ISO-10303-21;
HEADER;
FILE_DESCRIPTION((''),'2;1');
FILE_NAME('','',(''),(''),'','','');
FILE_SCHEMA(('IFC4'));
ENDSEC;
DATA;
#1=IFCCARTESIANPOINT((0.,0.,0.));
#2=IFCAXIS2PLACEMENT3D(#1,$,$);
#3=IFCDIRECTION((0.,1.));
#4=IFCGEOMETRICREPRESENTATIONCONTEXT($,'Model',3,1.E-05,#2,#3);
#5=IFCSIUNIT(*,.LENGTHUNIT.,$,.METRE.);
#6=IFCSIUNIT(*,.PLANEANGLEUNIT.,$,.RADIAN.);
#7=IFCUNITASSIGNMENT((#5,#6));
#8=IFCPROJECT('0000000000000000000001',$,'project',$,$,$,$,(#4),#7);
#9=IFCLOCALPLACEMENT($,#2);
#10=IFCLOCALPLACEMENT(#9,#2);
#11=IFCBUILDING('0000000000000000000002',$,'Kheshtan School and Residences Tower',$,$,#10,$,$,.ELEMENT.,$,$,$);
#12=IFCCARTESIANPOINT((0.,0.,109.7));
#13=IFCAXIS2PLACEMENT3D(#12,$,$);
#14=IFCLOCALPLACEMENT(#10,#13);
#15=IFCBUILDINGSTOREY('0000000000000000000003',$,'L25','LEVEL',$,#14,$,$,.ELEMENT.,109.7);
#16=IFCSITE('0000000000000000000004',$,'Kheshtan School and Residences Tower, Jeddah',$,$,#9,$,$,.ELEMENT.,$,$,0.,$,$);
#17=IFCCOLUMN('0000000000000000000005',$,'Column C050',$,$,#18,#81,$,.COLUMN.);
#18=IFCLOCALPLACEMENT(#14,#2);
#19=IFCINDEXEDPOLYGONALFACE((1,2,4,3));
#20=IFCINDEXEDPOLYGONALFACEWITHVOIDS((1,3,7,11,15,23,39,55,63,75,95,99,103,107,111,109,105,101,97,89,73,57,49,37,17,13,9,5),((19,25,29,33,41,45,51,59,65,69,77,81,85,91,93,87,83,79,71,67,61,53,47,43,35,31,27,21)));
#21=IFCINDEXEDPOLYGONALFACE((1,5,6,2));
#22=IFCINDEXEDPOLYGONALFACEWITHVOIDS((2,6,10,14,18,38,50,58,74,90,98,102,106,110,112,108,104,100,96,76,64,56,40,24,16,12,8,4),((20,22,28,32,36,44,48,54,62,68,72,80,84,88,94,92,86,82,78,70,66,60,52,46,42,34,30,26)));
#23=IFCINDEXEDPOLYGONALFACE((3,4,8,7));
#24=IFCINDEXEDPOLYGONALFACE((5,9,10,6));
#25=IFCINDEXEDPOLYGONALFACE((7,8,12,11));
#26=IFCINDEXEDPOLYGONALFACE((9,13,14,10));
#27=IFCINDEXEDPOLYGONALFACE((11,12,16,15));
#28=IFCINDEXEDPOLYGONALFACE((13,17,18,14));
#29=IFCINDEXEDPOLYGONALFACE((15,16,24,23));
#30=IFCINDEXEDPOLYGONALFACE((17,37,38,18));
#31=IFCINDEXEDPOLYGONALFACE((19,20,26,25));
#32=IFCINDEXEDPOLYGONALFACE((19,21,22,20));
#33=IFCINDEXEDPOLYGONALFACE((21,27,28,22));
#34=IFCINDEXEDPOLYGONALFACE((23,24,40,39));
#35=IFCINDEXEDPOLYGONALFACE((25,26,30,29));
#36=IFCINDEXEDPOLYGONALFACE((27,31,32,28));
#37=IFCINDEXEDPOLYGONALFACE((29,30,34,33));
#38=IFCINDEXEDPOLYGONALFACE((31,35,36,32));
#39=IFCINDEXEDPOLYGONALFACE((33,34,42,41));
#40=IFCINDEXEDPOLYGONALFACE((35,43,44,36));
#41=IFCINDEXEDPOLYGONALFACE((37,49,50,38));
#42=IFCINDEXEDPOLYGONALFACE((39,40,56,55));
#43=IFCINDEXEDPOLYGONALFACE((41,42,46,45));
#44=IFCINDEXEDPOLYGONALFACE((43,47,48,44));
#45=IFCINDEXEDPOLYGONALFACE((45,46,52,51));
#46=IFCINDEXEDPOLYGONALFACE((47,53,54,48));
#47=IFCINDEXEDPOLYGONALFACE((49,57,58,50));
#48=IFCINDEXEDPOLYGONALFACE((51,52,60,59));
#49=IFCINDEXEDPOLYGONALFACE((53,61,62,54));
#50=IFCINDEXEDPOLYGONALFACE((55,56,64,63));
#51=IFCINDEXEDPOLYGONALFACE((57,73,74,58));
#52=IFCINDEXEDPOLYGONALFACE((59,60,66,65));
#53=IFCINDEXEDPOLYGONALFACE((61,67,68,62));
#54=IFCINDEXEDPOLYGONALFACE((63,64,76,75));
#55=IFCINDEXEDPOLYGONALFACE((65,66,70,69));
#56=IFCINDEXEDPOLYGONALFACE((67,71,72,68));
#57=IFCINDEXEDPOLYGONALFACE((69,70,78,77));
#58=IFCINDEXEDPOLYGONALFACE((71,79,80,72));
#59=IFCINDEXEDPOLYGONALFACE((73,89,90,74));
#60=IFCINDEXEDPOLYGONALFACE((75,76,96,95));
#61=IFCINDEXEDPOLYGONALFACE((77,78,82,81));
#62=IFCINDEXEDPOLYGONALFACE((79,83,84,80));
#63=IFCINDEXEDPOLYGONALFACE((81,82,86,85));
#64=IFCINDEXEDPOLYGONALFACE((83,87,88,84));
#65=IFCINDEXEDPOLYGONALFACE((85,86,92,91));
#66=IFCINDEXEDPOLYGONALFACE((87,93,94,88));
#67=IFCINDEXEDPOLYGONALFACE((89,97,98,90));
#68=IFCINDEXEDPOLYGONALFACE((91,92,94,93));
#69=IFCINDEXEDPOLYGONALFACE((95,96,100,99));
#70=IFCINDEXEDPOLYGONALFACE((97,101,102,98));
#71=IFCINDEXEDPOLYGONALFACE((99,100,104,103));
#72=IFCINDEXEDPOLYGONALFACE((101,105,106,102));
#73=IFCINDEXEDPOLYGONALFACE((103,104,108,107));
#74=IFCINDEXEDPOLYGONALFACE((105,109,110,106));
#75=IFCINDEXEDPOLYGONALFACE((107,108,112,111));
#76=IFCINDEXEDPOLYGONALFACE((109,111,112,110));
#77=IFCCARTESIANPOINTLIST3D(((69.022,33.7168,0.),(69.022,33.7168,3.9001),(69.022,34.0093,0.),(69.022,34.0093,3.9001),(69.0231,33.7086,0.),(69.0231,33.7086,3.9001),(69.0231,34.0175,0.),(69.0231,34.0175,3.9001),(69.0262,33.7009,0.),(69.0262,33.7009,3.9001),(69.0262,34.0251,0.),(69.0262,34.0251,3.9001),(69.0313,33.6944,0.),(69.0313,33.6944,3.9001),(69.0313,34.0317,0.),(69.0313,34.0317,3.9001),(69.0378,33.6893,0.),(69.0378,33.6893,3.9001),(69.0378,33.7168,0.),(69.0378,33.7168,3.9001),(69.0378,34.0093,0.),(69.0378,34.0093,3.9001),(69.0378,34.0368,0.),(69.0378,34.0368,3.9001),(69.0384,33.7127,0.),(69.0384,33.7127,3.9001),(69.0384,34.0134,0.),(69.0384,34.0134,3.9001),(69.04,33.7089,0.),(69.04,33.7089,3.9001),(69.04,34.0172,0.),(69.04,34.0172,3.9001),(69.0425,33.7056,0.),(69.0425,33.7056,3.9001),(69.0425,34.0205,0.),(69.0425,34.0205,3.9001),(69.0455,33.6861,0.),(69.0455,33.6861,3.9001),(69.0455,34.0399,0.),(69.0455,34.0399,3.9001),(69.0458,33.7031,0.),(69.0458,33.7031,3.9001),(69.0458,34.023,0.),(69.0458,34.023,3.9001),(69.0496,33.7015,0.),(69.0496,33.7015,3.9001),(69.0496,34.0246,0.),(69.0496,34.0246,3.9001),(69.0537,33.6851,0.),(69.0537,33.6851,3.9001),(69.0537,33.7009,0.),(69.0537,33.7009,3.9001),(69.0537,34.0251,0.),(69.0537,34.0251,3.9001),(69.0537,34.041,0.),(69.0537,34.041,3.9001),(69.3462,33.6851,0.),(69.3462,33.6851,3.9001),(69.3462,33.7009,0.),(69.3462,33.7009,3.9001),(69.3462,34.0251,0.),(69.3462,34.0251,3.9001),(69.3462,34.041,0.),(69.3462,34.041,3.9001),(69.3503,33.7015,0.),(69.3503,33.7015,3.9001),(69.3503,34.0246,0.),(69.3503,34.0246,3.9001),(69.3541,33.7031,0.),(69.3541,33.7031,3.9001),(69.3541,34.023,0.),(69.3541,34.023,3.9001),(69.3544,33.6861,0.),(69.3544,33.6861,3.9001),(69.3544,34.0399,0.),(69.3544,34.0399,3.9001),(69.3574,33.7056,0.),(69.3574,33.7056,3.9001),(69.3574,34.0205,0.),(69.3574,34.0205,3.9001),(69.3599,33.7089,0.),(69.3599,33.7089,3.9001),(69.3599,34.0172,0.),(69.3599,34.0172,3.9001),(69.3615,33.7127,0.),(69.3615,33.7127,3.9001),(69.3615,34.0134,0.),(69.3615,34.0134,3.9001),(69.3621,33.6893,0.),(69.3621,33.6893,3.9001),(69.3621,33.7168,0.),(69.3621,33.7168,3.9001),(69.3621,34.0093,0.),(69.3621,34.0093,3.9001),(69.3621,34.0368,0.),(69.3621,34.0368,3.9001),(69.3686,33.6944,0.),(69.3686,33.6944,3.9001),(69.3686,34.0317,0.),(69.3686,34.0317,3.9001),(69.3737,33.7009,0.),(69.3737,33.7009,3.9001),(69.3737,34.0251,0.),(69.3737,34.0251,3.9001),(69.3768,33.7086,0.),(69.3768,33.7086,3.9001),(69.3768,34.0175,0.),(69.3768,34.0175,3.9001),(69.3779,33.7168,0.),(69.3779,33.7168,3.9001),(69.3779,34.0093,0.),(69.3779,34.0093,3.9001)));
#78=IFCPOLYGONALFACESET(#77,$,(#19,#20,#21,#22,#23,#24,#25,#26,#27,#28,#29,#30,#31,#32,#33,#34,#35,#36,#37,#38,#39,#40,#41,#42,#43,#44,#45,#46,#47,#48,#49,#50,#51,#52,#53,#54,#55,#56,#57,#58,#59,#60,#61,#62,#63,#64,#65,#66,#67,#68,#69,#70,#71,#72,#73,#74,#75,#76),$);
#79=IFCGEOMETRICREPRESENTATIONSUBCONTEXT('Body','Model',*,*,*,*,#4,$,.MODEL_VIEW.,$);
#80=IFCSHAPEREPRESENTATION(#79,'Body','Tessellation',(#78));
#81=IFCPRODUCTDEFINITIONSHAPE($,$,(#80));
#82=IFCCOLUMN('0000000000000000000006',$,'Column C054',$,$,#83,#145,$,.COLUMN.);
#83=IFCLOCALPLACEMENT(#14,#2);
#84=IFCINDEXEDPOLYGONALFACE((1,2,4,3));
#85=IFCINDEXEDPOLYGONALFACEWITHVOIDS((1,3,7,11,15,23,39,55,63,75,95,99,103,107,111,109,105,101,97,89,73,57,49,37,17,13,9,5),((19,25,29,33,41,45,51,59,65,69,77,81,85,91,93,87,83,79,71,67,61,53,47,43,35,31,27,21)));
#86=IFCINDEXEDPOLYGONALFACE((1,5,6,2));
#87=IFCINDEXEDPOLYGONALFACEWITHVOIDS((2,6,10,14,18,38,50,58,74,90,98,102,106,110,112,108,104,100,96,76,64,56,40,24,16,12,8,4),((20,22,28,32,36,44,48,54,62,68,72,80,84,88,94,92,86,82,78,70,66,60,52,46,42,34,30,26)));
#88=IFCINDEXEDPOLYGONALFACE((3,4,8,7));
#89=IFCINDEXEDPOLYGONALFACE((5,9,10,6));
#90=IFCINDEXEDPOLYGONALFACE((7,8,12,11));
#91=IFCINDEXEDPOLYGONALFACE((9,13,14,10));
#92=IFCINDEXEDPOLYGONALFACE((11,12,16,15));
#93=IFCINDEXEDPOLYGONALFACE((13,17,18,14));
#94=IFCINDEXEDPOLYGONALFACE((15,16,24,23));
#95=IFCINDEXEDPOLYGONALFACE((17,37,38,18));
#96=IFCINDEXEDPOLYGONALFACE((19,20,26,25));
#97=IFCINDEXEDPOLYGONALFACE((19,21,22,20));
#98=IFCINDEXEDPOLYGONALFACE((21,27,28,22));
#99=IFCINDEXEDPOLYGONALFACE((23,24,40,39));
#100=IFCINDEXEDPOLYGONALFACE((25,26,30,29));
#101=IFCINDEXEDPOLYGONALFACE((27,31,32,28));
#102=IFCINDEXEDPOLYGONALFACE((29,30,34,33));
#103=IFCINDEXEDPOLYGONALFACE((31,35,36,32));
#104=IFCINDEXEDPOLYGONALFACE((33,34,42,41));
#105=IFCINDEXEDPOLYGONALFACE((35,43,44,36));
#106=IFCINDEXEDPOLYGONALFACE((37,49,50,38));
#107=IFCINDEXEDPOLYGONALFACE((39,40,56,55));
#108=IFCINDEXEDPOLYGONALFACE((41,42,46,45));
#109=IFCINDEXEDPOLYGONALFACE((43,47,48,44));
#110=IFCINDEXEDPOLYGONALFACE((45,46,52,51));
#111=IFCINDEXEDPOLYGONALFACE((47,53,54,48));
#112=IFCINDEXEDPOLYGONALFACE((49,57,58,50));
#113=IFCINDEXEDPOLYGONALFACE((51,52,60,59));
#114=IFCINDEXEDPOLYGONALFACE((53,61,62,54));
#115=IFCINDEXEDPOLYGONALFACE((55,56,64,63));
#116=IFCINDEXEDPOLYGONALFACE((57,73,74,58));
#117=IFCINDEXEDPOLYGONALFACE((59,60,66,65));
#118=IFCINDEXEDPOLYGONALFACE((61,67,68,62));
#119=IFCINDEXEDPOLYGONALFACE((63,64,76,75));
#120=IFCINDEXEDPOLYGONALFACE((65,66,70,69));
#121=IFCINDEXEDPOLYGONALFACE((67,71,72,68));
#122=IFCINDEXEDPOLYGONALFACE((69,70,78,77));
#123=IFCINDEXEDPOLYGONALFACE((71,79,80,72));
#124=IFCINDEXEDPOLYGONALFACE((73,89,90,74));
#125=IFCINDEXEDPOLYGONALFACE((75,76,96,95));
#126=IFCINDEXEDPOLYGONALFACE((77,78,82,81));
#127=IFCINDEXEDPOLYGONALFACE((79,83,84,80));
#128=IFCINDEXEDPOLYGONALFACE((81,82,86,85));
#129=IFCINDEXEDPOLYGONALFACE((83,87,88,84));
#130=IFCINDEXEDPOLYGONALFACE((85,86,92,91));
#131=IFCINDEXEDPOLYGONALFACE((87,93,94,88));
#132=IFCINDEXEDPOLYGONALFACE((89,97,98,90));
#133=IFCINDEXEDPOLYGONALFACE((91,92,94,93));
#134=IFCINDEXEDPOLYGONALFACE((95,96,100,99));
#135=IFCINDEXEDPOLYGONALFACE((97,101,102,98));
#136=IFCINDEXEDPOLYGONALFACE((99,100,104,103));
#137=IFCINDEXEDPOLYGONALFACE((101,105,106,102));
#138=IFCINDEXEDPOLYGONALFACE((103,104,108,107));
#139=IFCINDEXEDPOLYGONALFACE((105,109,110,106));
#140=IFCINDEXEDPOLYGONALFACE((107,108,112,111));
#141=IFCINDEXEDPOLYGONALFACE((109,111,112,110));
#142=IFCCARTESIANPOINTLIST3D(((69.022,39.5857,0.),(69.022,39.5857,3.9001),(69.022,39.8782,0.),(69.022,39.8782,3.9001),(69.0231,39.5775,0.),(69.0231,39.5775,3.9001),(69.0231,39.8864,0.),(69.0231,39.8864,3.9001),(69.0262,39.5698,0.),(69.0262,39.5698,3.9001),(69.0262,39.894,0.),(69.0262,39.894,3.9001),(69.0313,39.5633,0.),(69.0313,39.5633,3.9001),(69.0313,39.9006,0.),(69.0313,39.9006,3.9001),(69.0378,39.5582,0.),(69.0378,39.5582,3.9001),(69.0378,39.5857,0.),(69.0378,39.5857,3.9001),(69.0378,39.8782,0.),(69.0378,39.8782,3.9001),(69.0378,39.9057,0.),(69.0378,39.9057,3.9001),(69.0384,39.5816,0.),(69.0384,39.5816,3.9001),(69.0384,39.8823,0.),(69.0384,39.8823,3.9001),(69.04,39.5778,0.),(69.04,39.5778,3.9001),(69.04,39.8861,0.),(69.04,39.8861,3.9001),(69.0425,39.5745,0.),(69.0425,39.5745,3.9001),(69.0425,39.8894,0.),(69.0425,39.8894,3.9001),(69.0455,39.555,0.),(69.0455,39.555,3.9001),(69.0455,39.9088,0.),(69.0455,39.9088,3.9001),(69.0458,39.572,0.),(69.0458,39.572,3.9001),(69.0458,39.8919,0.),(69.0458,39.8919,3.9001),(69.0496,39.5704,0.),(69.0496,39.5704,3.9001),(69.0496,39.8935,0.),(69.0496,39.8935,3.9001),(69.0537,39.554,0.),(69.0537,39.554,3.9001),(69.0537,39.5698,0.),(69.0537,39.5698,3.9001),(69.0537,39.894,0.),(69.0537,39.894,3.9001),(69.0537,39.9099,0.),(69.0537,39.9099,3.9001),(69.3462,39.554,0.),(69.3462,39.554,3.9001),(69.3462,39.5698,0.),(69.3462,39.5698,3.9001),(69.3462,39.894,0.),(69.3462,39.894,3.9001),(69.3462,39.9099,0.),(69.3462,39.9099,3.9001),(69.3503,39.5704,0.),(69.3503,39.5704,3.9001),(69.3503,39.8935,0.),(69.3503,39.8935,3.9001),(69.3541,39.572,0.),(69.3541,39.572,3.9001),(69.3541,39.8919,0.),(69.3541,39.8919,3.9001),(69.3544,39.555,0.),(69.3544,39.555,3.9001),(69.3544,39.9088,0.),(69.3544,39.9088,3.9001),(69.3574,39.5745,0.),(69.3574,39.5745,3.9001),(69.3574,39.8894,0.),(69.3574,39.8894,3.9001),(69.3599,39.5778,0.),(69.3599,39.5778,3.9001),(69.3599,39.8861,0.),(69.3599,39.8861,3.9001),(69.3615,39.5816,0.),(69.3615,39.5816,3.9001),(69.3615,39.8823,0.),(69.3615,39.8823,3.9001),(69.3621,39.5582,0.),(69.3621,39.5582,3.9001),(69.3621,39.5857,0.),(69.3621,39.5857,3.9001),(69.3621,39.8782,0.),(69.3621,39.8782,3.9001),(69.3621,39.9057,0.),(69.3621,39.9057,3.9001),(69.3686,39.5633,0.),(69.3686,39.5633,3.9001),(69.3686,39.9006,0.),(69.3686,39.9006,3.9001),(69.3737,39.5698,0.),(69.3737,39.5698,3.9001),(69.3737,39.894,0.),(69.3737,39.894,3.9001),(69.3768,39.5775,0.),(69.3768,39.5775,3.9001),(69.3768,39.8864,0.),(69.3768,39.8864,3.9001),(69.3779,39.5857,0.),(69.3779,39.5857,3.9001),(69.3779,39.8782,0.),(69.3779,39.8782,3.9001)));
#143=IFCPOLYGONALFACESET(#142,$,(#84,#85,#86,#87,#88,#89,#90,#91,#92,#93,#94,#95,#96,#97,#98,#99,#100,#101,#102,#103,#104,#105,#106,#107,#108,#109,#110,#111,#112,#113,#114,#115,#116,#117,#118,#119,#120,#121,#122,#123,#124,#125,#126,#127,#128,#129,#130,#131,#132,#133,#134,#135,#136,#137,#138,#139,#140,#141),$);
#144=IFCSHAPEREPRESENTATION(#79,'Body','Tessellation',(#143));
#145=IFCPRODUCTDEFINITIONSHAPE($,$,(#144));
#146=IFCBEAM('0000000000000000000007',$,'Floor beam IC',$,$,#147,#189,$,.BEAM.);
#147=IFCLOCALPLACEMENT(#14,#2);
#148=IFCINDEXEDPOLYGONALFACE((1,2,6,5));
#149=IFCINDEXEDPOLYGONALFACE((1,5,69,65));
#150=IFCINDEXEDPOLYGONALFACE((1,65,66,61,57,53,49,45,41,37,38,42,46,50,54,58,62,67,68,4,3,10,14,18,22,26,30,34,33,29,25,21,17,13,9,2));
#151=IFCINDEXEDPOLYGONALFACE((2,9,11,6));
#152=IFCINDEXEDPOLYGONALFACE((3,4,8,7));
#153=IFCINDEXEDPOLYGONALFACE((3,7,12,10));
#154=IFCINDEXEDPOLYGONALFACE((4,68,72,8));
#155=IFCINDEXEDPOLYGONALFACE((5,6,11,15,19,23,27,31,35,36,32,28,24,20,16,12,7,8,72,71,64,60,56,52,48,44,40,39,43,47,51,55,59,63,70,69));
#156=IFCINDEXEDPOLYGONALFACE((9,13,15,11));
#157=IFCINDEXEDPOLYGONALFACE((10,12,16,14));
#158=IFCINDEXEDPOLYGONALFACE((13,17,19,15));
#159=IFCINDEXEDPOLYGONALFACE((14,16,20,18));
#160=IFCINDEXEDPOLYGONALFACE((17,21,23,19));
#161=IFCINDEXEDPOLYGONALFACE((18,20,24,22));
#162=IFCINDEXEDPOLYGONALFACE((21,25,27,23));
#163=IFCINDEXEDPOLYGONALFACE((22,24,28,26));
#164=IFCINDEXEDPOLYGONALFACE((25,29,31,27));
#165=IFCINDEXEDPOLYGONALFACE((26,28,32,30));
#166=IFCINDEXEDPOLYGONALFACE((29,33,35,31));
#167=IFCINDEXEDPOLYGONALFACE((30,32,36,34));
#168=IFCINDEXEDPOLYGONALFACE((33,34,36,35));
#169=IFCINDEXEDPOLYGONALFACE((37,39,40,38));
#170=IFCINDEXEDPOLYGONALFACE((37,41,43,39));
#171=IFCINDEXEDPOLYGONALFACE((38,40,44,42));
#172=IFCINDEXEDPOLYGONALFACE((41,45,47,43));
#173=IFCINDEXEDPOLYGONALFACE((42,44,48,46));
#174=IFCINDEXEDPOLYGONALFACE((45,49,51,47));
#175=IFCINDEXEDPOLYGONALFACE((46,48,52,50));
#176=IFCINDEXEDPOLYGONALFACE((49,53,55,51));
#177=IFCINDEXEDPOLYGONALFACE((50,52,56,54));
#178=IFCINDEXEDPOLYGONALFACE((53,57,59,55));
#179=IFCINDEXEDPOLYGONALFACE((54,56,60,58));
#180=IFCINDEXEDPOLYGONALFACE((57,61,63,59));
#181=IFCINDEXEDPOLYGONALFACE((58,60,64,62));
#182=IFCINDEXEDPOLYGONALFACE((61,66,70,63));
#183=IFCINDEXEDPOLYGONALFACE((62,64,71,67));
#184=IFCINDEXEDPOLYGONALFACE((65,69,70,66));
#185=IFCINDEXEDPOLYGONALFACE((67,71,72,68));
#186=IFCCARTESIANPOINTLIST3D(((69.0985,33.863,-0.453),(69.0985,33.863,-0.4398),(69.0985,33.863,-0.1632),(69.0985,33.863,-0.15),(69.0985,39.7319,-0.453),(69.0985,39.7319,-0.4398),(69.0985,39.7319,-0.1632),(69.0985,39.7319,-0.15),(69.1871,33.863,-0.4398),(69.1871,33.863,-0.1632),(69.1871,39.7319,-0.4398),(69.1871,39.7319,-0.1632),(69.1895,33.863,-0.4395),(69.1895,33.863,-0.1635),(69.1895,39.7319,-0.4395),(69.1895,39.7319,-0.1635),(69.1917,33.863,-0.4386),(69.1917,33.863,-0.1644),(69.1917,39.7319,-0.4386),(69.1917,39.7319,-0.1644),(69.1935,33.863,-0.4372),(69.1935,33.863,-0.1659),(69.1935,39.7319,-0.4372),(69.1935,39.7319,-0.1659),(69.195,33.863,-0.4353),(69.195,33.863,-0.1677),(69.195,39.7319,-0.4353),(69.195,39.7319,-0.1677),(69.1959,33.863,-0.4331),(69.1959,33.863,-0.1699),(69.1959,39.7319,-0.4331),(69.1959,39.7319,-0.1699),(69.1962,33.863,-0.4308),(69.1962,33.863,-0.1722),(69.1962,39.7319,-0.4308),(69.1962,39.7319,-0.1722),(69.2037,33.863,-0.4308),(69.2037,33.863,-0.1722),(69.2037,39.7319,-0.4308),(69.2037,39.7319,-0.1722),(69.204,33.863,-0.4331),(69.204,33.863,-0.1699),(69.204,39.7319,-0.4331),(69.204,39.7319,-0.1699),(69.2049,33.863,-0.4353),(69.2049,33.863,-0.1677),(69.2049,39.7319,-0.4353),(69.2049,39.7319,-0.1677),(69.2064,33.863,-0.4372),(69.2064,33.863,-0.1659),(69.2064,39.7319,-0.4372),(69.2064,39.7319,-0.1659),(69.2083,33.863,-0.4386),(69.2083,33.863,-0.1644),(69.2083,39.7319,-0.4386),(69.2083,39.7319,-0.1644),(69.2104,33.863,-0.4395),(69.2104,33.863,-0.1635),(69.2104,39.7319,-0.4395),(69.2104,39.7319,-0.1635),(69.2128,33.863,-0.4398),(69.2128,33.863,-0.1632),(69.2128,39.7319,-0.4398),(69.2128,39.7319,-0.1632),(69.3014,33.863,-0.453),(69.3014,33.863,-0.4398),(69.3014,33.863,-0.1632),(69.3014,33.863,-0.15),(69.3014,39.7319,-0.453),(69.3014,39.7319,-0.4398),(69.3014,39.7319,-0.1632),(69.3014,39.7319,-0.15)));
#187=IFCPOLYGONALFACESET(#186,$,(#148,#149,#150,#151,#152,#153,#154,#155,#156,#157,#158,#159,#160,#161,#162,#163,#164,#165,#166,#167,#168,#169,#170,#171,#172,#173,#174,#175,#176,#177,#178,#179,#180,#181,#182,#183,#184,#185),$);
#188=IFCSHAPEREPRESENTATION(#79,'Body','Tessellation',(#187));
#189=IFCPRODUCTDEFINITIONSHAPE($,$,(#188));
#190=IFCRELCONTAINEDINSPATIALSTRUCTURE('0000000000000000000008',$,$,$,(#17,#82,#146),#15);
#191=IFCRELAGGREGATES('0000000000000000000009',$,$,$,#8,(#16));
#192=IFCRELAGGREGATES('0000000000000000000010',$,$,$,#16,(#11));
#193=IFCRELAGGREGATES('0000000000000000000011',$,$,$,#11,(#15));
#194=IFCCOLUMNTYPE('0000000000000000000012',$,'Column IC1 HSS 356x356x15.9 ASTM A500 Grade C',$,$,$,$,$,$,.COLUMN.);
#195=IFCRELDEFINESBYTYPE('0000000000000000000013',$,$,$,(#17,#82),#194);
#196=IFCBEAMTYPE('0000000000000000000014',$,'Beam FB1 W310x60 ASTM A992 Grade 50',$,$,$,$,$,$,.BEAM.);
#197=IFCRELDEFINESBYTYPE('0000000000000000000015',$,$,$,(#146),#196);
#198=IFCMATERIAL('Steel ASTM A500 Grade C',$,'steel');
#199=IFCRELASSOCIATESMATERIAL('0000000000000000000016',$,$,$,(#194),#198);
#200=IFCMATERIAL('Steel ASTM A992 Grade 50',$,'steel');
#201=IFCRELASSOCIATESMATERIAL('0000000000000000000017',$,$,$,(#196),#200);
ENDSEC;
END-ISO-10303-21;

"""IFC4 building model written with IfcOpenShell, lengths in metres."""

from ifc_helpers import new_model, si_unit, direction, frame, origin, origin_2d, place, context, subcontext, project, spatial, hollow_rectangle, i_section, extrude, material, material_profile, profile_set, type_object, element, save


model = new_model("IFC4")

# Units and contexts
model_context = context("Model", 3, precision=1e-05, world=origin(), true_north=direction((0.0, 1.0)))
body_context = subcontext(model_context, "Body", "Model", "MODEL_VIEW")
ifc_project = project(units=[si_unit("LENGTHUNIT", "METRE"), si_unit("PLANEANGLEUNIT", "RADIAN")], contexts=[model_context])

# Site, building, storey
site_placement = place(None, origin())
site = spatial("IfcSite", under=ifc_project, at=site_placement, Name="Kheshtan School and Residences Tower, Jeddah", CompositionType="ELEMENT", RefElevation=0.0)
building_placement = place(site_placement, origin())
building = spatial("IfcBuilding", under=site, at=building_placement, Name="Kheshtan School and Residences Tower", CompositionType="ELEMENT")
storey_placement = place(building_placement, frame((0.0, 0.0, 109.7)))
storey = spatial("IfcBuildingStorey", under=building, at=storey_placement, Name="L25", Description="LEVEL", CompositionType="ELEMENT", Elevation=109.7)

# Columns
ifc_material_1 = material(Name="Steel ASTM A992 Grade 50", Category="steel")
ifc_material_2 = material(Name="Steel ASTM A500 Grade C", Category="steel")
ifc_material_profile_1 = material_profile(ifc_material_2, hollow_rectangle(XDim=0.356, YDim=0.356, WallThickness=0.0159, InnerFilletRadius=0.0159, OuterFilletRadius=0.0317, at=origin_2d()), Name="HSS 356x356x15.9")
ifc_profile_set_1 = profile_set([ifc_material_profile_1], Name="Steel ASTM A500 Grade C")
column_type_1 = type_object("IfcColumnType", Name="Column IC1 HSS 356x356x15.9 ASTM A500 Grade C", PredefinedType="COLUMN", material=ifc_profile_set_1)
for number, where, z_axis, x_axis, name in (
    (1, (69.2, 33.863, 0.0), (0.0, 0.0, 1.0), (1.0, 0.0, 0.0), "Column C050"),
    (2, (69.2, 39.7319, 0.0), (0.0, 0.0, 1.0), (1.0, 0.0, 0.0), "Column C054"),
):
    element("IfcColumn", number, at=place(storey_placement, frame(where, z_axis=z_axis, x_axis=x_axis)), inside=storey, type_object=column_type_1, Name=name, PredefinedType="COLUMN", context=body_context, shape_type="SweptSolid", body=[
        extrude(hollow_rectangle(XDim=0.356, YDim=0.356, WallThickness=0.0159, InnerFilletRadius=0.0159, OuterFilletRadius=0.0317, at=origin_2d()), origin(), (0.0, 0.0, 1.0), 3.9001),
    ])

# Beam
ifc_material_profile_2 = material_profile(ifc_material_1, i_section(OverallWidth=0.2029, OverallDepth=0.303, WebThickness=0.0076, FlangeThickness=0.0132, FilletRadius=0.009, at=origin_2d()), Name="W310x60")
ifc_profile_set_2 = profile_set([ifc_material_profile_2], Name="Steel ASTM A992 Grade 50")
beam_type_1 = type_object("IfcBeamType", Name="Beam FB1 W310x60 ASTM A992 Grade 50", PredefinedType="BEAM", material=ifc_profile_set_2)
beam_1_placement = place(storey_placement, frame((69.2, 33.863, -0.3015), z_axis=(0.0, 1.0, 0.0), x_axis=(-1.0, 0.0, 0.0)))
element("IfcBeam", 3, at=beam_1_placement, inside=storey, type_object=beam_type_1, Name="Floor beam IC", PredefinedType="BEAM", context=body_context, shape_type="SweptSolid", body=[
    extrude(i_section(OverallWidth=0.2029, OverallDepth=0.303, WebThickness=0.0076, FlangeThickness=0.0132, FilletRadius=0.009, at=origin_2d()), origin(), (0.0, 0.0, 1.0), 5.8689),
])

save(model, "model.ifc")
